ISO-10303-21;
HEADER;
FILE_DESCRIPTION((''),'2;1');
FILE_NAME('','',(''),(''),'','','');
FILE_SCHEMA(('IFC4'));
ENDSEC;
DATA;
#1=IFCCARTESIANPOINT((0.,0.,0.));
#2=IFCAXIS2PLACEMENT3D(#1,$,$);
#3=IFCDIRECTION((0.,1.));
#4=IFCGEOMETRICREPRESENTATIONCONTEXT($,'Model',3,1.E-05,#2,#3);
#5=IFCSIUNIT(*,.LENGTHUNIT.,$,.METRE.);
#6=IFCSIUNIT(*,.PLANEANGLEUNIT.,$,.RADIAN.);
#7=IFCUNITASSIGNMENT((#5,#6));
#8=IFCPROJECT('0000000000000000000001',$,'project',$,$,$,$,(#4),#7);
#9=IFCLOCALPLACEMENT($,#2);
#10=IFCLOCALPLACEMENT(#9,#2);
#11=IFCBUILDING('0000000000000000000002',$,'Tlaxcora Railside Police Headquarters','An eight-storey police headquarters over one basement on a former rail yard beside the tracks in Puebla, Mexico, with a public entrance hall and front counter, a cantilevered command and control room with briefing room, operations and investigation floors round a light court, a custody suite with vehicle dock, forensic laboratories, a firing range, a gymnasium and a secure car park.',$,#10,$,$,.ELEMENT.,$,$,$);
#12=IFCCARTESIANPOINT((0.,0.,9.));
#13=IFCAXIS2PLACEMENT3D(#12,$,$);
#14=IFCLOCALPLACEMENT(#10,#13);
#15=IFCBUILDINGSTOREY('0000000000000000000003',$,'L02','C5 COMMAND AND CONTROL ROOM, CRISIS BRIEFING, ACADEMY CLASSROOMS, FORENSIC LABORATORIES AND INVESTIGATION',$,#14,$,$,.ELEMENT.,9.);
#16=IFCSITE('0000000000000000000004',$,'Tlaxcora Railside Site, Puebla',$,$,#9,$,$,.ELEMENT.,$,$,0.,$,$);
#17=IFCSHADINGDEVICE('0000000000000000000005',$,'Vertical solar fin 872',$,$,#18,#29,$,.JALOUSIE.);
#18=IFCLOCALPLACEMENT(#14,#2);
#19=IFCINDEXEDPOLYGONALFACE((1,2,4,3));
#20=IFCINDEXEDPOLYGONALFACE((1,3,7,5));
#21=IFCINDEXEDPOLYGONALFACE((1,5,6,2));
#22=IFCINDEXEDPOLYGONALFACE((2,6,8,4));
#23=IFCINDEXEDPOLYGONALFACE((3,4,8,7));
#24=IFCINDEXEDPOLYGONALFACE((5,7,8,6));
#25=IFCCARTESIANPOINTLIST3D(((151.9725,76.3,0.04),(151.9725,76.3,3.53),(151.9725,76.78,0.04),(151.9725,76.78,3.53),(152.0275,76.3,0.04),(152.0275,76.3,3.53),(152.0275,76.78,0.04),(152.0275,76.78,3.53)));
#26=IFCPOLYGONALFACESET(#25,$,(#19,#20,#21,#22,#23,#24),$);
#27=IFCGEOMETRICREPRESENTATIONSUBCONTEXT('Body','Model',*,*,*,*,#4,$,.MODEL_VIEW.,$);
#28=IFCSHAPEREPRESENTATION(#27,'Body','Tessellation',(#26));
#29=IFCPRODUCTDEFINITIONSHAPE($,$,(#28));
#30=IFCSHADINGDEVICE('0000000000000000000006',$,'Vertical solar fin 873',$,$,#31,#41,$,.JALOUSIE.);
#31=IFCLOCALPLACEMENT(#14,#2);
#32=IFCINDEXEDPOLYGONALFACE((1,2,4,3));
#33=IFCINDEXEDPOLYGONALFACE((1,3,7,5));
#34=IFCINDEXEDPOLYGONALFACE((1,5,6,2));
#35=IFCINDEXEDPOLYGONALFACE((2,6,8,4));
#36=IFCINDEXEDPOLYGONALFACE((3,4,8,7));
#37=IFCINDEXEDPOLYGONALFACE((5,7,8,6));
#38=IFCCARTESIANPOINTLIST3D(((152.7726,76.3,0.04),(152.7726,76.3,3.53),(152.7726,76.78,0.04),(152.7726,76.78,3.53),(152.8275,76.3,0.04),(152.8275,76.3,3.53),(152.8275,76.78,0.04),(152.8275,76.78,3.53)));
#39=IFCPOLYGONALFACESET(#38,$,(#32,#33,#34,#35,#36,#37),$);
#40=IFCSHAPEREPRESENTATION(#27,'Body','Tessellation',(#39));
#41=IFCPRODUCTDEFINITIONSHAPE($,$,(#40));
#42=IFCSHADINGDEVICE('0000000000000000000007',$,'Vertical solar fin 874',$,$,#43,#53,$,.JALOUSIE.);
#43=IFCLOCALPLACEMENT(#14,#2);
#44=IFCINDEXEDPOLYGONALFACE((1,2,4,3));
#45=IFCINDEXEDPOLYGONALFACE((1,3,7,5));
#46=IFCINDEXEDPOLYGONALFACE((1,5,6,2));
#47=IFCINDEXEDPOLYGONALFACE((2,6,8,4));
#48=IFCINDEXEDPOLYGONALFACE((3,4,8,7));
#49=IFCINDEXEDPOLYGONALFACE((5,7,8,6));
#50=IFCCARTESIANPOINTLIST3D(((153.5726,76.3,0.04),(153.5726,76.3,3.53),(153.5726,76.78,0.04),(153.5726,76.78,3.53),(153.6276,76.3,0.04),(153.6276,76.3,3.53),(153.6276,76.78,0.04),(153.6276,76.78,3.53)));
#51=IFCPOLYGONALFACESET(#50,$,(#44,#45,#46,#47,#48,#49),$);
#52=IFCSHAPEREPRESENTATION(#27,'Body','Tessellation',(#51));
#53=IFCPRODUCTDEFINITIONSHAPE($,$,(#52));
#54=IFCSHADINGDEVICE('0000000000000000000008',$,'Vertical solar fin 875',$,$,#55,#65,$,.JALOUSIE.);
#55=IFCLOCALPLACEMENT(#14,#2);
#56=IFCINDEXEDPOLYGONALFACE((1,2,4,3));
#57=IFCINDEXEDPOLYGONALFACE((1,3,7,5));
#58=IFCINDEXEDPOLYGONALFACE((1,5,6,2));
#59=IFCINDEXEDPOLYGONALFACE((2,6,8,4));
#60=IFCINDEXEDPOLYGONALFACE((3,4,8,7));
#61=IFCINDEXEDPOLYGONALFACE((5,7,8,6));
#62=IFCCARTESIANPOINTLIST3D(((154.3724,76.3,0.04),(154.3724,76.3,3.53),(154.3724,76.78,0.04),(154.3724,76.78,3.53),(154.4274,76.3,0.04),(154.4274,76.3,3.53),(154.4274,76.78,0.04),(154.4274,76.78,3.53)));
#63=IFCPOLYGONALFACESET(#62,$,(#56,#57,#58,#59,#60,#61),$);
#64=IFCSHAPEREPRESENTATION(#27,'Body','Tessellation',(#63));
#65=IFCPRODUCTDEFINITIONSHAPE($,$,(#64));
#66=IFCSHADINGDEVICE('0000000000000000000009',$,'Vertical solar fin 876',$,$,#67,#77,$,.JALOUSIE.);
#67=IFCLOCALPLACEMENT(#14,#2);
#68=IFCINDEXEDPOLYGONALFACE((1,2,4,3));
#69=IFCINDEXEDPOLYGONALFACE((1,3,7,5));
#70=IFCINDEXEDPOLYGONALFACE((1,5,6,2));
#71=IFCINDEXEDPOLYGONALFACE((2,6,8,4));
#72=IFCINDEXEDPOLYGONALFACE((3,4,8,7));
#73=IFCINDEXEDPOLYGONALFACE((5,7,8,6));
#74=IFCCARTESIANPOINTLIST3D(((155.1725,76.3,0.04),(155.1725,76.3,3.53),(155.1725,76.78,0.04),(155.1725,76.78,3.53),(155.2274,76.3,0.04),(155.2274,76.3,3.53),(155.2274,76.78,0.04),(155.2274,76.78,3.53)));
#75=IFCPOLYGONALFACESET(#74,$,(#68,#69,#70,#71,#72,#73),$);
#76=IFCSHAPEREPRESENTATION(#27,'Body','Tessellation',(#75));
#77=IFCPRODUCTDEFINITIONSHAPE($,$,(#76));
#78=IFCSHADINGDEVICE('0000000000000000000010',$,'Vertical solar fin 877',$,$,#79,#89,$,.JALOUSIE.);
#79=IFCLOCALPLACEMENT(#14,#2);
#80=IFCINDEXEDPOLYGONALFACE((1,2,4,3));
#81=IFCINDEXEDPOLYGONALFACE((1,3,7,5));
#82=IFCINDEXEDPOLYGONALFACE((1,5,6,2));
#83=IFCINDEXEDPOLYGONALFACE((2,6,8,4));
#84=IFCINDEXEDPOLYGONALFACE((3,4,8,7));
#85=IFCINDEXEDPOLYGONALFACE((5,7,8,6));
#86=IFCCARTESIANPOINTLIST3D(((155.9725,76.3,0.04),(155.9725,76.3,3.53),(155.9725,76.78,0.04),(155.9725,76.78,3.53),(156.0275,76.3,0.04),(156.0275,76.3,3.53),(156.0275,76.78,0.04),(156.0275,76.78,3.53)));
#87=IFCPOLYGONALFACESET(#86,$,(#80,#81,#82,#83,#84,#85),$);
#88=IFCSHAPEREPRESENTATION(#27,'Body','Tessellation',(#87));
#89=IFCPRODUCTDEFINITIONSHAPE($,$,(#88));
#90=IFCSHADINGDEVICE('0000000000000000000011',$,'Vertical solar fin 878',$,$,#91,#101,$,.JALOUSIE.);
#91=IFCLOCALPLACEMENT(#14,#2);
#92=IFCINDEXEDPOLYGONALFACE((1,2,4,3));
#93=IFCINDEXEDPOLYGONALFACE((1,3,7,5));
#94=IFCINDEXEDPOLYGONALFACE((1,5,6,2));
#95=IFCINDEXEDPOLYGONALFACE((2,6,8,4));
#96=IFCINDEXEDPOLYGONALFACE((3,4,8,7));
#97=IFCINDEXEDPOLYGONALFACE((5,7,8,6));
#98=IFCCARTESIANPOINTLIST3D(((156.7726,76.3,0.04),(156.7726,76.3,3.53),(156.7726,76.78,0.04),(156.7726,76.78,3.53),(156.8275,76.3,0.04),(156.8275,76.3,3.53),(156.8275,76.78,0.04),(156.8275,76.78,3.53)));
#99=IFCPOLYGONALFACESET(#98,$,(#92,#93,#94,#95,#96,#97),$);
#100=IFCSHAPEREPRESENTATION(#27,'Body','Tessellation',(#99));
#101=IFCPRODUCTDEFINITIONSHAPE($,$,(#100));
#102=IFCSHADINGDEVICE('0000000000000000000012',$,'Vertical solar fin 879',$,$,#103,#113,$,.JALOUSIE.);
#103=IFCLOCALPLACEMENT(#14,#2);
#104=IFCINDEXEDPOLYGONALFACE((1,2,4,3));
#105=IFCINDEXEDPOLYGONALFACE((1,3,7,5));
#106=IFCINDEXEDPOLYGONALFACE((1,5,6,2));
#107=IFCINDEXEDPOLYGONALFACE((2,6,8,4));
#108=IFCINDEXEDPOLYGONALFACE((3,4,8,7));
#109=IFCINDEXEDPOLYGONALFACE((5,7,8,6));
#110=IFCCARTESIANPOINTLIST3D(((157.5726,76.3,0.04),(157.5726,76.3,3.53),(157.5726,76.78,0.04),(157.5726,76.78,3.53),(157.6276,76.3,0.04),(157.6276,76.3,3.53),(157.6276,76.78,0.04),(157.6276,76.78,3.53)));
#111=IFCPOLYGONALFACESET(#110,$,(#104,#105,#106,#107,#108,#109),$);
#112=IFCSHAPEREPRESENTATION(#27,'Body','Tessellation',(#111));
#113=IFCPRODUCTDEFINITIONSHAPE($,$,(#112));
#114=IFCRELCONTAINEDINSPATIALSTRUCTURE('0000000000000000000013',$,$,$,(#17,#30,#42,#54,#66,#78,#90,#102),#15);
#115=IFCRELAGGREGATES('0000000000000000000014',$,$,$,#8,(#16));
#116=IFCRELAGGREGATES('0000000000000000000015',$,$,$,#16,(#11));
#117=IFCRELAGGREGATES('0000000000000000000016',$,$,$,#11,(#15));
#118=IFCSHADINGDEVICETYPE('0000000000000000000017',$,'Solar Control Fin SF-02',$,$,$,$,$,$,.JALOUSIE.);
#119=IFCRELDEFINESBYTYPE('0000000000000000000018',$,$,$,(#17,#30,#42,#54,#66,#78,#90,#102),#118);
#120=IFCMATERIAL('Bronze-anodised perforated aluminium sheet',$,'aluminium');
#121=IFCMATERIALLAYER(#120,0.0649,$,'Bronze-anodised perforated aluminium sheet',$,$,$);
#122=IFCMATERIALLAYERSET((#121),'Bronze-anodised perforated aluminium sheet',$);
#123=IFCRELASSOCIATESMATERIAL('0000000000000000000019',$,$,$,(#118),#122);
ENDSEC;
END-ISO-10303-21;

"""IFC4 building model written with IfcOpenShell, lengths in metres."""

from ifc_helpers import new_model, si_unit, direction, frame, origin, origin_2d, place, context, subcontext, project, spatial, rectangle, extrude, material, layer, layer_set, type_object, element, save


model = new_model("IFC4")

# Units and contexts
model_context = context("Model", 3, precision=1e-05, world=origin(), true_north=direction((0.0, 1.0)))
body_context = subcontext(model_context, "Body", "Model", "MODEL_VIEW")
ifc_project = project(units=[si_unit("LENGTHUNIT", "METRE"), si_unit("PLANEANGLEUNIT", "RADIAN")], contexts=[model_context])

# Site, building, storey
site_placement = place(None, origin())
site = spatial("IfcSite", under=ifc_project, at=site_placement, Name="Tlaxcora Railside Site, Puebla", CompositionType="ELEMENT", RefElevation=0.0)
building_placement = place(site_placement, origin())
building = spatial("IfcBuilding", under=site, at=building_placement, Name="Tlaxcora Railside Police Headquarters", Description="An eight-storey police headquarters over one basement on a former rail yard beside the tracks in Puebla, Mexico, with a public entrance hall and front counter, a cantilevered command and control room with briefing room, operations and investigation floors round a light court, a custody suite with vehicle dock, forensic laboratories, a firing range, a gymnasium and a secure car park.", CompositionType="ELEMENT")
storey_placement = place(building_placement, frame((0.0, 0.0, 9.0)))
storey = spatial("IfcBuildingStorey", under=building, at=storey_placement, Name="L02", Description="C5 COMMAND AND CONTROL ROOM, CRISIS BRIEFING, ACADEMY CLASSROOMS, FORENSIC LABORATORIES AND INVESTIGATION", CompositionType="ELEMENT", Elevation=9.0)

# Shading devices
ifc_material_1 = material(Name="Bronze-anodised perforated aluminium sheet", Category="aluminium")
ifc_layer_1 = layer(ifc_material_1, 0.0649, Name="Bronze-anodised perforated aluminium sheet")
ifc_layer_set_1 = layer_set([ifc_layer_1], Name="Bronze-anodised perforated aluminium sheet")
shading_device_type = type_object("IfcShadingDeviceType", Name="Solar Control Fin SF-02", PredefinedType="JALOUSIE", material=ifc_layer_set_1)
for number, where, z_axis, x_axis, name in (
    (1, (152.0, 76.54, 0.04), (0.0, 0.0, 1.0), (0.0, -1.0, 0.0), "Vertical solar fin 872"),
    (2, (152.8, 76.54, 0.04), (0.0, 0.0, 1.0), (0.0, -1.0, 0.0), "Vertical solar fin 873"),
    (3, (153.6001, 76.54, 0.04), (0.0, 0.0, 1.0), (0.0, -1.0, 0.0), "Vertical solar fin 874"),
    (4, (154.3999, 76.54, 0.04), (0.0, 0.0, 1.0), (0.0, -1.0, 0.0), "Vertical solar fin 875"),
    (5, (155.2, 76.54, 0.04), (0.0, 0.0, 1.0), (0.0, -1.0, 0.0), "Vertical solar fin 876"),
    (6, (156.0, 76.54, 0.04), (0.0, 0.0, 1.0), (0.0, -1.0, 0.0), "Vertical solar fin 877"),
    (7, (156.8, 76.54, 0.04), (0.0, 0.0, 1.0), (0.0, -1.0, 0.0), "Vertical solar fin 878"),
    (8, (157.6001, 76.54, 0.04), (0.0, 0.0, 1.0), (0.0, -1.0, 0.0), "Vertical solar fin 879"),
):
    element("IfcShadingDevice", number, at=place(storey_placement, frame(where, z_axis=z_axis, x_axis=x_axis)), inside=storey, type_object=shading_device_type, Name=name, PredefinedType="JALOUSIE", context=body_context, shape_type="SweptSolid", body=[
        extrude(rectangle(XDim=0.48, YDim=0.0549, at=origin_2d()), origin(), (0.0, 0.0, 1.0), 3.49),
    ])

save(model, "model.ifc")
